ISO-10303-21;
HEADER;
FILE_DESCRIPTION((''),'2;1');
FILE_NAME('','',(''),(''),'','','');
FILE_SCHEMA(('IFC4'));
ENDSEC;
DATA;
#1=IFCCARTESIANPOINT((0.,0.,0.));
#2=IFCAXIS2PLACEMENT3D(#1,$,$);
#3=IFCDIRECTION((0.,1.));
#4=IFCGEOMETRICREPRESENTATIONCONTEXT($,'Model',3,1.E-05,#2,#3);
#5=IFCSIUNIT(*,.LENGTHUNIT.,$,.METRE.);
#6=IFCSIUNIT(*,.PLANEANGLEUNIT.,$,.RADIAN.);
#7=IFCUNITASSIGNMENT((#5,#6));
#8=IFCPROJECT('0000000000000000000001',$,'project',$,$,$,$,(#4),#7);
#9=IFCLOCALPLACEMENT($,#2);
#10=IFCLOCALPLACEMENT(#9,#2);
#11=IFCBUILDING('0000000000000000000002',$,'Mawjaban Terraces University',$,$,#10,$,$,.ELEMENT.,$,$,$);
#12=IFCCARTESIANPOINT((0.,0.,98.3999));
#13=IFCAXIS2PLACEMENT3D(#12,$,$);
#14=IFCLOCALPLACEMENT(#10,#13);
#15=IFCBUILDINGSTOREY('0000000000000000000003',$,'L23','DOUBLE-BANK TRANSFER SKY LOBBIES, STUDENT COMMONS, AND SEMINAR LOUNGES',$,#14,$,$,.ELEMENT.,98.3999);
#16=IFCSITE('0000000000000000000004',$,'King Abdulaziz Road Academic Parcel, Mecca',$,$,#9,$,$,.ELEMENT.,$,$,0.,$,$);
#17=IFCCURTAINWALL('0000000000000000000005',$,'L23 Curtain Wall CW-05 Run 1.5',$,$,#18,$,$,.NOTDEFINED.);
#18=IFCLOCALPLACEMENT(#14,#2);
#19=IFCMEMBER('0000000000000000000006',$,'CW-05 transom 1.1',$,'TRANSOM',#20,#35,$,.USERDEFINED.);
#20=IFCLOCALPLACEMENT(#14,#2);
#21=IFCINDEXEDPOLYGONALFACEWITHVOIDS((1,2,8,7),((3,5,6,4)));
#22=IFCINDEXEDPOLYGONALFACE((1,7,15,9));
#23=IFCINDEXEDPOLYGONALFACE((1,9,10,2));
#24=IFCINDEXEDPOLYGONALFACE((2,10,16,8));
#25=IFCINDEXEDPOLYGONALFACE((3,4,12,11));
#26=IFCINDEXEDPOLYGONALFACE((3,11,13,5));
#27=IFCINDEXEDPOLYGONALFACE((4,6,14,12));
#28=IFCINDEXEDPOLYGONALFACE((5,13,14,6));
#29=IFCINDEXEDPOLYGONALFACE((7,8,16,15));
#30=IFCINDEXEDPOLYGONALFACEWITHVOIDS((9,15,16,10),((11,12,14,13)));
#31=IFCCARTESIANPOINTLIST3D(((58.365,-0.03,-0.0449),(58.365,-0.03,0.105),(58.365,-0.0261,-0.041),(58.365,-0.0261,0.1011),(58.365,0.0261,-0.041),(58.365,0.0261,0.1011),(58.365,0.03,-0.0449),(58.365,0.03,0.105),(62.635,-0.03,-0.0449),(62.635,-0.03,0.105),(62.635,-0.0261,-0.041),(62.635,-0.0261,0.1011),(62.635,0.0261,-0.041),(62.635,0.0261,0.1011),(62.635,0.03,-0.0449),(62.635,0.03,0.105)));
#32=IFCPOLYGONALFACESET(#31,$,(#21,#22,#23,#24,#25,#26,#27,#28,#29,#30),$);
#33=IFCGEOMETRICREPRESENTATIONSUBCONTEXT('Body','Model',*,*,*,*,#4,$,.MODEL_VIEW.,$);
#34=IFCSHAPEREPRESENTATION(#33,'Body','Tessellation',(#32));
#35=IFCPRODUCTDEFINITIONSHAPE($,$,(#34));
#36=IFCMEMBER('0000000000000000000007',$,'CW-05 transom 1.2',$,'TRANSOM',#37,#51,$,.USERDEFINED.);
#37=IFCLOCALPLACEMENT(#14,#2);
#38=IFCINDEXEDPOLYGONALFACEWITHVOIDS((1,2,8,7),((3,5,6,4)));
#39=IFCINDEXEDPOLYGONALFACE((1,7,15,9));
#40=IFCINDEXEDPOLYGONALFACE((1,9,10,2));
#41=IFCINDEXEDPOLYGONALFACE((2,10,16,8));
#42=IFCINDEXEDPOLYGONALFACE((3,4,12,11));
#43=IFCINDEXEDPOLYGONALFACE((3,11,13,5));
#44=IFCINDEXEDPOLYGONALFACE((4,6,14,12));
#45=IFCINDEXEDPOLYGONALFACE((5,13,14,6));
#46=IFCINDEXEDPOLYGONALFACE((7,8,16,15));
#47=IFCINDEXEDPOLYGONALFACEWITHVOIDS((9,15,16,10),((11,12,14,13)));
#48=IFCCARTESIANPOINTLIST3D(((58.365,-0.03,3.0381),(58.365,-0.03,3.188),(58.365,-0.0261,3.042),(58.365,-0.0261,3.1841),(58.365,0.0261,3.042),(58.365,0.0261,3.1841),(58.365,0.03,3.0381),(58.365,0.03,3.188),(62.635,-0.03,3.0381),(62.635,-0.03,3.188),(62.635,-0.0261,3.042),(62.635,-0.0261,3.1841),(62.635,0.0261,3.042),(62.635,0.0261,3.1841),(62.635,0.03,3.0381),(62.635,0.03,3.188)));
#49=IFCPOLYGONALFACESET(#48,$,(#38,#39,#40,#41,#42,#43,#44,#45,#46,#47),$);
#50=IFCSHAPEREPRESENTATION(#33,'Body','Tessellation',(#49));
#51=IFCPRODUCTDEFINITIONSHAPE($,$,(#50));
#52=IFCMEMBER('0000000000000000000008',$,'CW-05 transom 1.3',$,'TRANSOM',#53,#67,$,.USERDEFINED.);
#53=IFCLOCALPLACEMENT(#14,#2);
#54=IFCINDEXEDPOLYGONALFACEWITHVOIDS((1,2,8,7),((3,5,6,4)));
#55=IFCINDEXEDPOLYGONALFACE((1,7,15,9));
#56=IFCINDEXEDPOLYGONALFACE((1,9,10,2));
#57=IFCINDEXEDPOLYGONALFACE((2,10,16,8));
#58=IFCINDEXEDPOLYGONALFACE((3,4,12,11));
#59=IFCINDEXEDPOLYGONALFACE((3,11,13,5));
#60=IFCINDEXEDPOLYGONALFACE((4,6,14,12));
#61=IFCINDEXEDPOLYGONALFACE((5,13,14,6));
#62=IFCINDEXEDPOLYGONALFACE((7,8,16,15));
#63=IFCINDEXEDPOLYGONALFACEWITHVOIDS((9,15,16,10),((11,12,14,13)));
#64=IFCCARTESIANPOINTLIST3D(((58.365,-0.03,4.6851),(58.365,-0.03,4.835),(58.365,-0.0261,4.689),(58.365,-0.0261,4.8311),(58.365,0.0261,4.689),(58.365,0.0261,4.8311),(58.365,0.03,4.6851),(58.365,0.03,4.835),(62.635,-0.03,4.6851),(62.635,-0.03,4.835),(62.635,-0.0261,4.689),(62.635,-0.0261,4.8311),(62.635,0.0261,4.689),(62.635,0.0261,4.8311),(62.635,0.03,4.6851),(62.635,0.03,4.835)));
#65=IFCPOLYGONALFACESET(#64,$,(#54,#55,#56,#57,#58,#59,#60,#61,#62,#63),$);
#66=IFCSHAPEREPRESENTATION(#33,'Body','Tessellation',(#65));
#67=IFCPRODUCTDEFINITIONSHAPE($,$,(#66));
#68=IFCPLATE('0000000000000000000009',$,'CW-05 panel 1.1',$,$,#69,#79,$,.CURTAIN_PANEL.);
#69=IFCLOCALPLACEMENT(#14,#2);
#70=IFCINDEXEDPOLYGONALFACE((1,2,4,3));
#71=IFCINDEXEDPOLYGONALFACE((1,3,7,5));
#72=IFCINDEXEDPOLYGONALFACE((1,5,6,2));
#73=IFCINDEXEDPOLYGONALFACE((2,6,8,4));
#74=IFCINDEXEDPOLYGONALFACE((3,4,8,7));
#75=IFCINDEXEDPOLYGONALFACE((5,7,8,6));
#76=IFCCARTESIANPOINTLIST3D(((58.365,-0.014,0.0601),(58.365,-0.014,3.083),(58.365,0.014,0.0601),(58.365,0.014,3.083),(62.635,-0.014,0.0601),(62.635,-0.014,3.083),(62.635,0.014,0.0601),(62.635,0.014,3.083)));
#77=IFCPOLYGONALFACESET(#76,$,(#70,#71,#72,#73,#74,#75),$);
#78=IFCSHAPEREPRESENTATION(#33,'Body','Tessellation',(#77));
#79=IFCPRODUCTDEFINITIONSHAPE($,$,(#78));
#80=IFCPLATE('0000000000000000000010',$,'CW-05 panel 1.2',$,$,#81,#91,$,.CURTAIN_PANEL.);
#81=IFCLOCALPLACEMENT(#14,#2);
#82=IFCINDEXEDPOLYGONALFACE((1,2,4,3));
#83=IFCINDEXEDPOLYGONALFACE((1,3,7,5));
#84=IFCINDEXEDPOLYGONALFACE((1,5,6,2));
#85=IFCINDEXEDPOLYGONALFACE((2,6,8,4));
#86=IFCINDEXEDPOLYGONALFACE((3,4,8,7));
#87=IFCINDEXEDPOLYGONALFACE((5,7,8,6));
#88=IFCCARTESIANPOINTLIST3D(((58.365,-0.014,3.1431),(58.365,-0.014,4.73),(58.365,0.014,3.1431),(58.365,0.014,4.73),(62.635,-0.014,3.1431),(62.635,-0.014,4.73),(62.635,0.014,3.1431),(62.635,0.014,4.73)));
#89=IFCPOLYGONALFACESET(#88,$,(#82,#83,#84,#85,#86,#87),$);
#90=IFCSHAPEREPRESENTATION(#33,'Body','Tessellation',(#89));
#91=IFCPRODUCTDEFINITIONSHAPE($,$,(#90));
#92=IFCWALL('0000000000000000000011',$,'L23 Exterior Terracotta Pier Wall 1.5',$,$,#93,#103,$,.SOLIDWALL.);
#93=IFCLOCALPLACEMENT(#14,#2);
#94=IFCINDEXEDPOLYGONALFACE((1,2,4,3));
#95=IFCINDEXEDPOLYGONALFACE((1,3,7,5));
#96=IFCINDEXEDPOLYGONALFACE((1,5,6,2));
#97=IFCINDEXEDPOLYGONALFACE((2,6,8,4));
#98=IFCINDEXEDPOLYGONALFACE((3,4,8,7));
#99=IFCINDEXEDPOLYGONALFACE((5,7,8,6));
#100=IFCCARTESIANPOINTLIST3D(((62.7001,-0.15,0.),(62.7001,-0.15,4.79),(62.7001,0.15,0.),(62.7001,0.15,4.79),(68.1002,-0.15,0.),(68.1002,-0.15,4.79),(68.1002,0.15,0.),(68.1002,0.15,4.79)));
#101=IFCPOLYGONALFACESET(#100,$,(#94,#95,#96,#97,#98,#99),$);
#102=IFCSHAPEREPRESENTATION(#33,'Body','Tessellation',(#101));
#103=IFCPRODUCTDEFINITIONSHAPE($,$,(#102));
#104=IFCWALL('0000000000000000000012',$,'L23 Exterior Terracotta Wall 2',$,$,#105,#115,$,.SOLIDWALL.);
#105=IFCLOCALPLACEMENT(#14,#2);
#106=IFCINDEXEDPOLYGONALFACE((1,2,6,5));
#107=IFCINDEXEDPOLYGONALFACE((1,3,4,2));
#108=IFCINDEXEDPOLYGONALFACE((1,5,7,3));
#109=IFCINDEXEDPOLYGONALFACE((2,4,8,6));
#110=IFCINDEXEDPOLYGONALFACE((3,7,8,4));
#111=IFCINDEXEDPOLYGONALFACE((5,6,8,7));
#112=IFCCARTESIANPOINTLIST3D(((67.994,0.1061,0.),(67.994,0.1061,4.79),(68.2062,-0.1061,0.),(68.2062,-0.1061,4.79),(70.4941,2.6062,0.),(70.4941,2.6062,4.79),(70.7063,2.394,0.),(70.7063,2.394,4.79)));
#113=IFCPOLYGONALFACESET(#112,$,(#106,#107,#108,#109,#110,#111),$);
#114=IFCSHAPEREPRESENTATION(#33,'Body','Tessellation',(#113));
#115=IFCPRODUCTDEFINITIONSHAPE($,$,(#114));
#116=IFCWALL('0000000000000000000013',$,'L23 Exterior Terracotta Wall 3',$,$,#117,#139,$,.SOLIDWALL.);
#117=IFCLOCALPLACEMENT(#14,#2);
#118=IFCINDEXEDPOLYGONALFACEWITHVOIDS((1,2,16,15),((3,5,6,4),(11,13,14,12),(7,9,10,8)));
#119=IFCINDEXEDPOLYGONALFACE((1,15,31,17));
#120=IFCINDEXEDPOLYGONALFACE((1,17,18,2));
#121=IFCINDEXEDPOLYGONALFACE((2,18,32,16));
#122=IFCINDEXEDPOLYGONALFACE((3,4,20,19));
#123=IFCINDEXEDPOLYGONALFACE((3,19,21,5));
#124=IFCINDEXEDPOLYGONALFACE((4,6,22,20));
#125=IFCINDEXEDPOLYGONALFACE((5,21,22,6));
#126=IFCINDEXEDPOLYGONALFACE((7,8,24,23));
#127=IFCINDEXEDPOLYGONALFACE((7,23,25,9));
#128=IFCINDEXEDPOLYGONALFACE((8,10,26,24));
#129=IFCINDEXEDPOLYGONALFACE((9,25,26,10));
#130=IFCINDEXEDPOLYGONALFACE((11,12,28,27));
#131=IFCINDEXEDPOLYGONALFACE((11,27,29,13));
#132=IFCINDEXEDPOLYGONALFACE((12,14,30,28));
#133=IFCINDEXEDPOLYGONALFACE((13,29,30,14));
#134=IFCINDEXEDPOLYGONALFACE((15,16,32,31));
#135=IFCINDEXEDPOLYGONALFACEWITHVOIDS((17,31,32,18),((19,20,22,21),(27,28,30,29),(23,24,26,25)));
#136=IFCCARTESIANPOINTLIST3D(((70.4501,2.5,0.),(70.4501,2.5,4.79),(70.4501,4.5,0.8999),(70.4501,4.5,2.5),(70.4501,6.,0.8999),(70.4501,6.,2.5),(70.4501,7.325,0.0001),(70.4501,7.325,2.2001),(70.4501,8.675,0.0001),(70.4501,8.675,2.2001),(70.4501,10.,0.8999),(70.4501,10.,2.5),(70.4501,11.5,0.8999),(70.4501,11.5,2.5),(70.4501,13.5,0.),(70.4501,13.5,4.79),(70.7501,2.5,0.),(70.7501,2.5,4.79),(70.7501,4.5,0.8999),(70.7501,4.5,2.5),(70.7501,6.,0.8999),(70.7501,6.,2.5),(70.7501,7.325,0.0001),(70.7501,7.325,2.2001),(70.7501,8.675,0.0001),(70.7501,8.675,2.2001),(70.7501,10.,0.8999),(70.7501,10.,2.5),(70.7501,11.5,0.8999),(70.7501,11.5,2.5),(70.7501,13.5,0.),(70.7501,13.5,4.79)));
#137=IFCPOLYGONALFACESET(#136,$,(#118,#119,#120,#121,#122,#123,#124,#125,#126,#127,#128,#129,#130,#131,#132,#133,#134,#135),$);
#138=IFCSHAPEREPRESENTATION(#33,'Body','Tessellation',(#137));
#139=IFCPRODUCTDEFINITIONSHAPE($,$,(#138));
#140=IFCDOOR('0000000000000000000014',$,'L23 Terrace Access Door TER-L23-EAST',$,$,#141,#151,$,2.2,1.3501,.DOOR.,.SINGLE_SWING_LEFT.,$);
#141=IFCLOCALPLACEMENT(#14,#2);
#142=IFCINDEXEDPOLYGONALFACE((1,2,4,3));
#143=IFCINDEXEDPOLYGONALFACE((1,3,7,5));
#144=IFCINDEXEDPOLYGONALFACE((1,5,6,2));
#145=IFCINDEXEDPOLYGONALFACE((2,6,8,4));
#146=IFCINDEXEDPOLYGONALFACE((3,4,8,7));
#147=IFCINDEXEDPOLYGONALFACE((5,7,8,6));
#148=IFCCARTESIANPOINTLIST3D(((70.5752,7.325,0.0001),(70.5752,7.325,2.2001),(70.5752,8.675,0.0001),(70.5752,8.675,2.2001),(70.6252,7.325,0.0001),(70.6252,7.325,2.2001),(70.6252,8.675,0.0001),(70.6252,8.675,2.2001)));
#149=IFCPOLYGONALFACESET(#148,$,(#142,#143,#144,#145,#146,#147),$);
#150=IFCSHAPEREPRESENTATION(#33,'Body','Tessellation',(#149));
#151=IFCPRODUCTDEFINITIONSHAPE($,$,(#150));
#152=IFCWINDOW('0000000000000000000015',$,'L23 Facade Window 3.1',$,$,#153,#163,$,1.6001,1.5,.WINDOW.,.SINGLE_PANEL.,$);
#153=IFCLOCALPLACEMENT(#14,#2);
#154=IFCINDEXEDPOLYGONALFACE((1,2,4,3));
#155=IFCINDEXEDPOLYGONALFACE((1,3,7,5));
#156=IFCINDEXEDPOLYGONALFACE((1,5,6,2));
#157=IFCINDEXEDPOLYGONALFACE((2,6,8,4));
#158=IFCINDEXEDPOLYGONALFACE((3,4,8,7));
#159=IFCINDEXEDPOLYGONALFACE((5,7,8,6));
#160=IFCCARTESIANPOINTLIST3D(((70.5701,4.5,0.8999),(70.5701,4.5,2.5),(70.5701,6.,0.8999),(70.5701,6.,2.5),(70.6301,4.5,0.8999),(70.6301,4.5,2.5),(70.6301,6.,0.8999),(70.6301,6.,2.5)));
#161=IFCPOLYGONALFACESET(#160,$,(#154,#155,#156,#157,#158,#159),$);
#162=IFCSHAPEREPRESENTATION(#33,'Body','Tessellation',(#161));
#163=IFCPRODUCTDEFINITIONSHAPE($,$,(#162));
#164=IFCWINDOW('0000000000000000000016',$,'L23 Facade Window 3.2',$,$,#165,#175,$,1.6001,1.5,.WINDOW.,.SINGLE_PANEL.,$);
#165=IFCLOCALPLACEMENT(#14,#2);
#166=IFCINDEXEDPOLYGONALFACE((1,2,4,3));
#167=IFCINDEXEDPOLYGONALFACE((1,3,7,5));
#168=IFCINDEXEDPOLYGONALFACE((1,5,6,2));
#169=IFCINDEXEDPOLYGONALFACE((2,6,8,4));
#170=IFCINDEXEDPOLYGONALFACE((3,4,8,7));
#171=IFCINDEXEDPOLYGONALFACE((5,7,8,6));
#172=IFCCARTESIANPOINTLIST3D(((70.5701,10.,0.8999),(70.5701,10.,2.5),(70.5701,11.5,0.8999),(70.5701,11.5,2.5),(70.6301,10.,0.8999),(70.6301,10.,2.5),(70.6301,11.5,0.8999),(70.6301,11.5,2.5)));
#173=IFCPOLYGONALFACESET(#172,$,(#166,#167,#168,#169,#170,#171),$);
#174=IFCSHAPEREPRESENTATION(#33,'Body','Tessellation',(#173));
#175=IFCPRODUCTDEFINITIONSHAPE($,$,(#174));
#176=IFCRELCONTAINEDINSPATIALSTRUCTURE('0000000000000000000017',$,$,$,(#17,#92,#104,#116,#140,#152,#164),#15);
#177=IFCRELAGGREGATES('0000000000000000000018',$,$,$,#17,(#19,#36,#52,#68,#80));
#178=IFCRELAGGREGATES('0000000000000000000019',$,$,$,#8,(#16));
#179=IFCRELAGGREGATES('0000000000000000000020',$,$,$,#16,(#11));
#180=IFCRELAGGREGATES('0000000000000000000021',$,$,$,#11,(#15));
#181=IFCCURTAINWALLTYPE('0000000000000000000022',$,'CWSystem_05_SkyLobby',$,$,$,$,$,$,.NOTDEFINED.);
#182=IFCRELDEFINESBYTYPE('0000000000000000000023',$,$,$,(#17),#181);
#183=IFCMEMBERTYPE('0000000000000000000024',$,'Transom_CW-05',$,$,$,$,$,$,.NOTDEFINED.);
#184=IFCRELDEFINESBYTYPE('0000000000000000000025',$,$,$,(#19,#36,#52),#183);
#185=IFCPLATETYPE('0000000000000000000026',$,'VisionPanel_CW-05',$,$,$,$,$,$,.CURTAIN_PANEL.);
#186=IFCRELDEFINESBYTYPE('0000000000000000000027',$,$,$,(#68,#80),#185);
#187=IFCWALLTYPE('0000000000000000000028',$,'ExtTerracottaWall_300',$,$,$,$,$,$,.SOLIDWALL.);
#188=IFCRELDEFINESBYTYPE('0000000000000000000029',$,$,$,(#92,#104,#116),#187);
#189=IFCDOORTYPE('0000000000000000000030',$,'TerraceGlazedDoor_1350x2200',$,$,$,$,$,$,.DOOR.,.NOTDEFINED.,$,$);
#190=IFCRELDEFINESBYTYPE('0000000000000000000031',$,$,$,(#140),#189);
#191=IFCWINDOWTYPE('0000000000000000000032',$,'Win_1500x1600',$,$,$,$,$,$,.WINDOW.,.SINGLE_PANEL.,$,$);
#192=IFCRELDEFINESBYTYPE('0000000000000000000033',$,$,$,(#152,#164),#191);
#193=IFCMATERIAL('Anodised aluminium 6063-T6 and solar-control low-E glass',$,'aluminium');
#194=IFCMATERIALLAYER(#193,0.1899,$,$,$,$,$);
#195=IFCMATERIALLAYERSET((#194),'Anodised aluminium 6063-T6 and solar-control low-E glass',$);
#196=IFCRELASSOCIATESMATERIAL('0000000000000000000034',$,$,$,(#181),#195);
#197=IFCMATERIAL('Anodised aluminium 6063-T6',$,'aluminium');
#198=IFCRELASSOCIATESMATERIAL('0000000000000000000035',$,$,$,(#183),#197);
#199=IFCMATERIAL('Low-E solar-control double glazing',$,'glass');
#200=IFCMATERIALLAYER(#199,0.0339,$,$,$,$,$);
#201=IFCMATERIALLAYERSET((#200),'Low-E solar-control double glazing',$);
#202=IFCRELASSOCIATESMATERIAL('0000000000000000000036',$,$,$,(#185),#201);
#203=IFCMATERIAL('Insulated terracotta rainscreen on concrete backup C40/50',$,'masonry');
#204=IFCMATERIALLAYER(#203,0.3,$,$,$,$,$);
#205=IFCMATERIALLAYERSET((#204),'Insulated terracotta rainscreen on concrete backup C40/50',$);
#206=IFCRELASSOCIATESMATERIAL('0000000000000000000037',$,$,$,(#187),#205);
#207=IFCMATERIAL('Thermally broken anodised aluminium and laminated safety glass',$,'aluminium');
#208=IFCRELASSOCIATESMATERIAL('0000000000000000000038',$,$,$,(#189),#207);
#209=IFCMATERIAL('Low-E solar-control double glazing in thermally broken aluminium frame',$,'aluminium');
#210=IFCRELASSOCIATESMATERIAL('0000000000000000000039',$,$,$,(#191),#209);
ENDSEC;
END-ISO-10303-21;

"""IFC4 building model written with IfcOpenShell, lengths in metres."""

from ifc_helpers import new_model, si_unit, direction, frame, frame_2d, origin, origin_2d, place, context, subcontext, project, spatial, rectangle, hollow_rectangle, extrude, material, layer, layer_set, material_profile, profile_set, type_object, element, fill, aggregate, save


model = new_model("IFC4")

# Units and contexts
model_context = context("Model", 3, precision=1e-05, world=origin(), true_north=direction((0.0, 1.0)))
body_context = subcontext(model_context, "Body", "Model", "MODEL_VIEW")
ifc_project = project(units=[si_unit("LENGTHUNIT", "METRE"), si_unit("PLANEANGLEUNIT", "RADIAN")], contexts=[model_context])

# Site, building, storey
site_placement = place(None, origin())
site = spatial("IfcSite", under=ifc_project, at=site_placement, Name="King Abdulaziz Road Academic Parcel, Mecca", CompositionType="ELEMENT", RefElevation=0.0)
building_placement = place(site_placement, origin())
building = spatial("IfcBuilding", under=site, at=building_placement, Name="Mawjaban Terraces University", CompositionType="ELEMENT")
storey_placement = place(building_placement, frame((0.0, 0.0, 98.3999)))
storey = spatial("IfcBuildingStorey", under=building, at=storey_placement, Name="L23", Description="DOUBLE-BANK TRANSFER SKY LOBBIES, STUDENT COMMONS, AND SEMINAR LOUNGES", CompositionType="ELEMENT", Elevation=98.3999)

# Curtain wall, members, plates
ifc_material_1 = material(Name="Anodised aluminium 6063-T6 and solar-control low-E glass", Category="aluminium")
ifc_layer_1 = layer(ifc_material_1, 0.1899)
ifc_layer_set_1 = layer_set([ifc_layer_1], Name="Anodised aluminium 6063-T6 and solar-control low-E glass")
curtain_wall_type = type_object("IfcCurtainWallType", Name="CWSystem_05_SkyLobby", PredefinedType="NOTDEFINED", material=ifc_layer_set_1)
curtain_wall_placement = place(storey_placement, origin())
curtain_wall = element("IfcCurtainWall", 1, at=curtain_wall_placement, inside=storey, type_object=curtain_wall_type, Name="L23 Curtain Wall CW-05 Run 1.5", PredefinedType="NOTDEFINED")
ifc_material_2 = material(Name="Anodised aluminium 6063-T6", Category="aluminium")
ifc_material_profile_1 = material_profile(ifc_material_2, hollow_rectangle(XDim=0.0601, YDim=0.1499, WallThickness=0.0039, at=origin_2d()), Name="ALU150X60X4")
ifc_profile_set_1 = profile_set([ifc_material_profile_1], Name="Anodised aluminium 6063-T6")
member_type_1 = type_object("IfcMemberType", Name="Transom_CW-05", PredefinedType="NOTDEFINED", material=ifc_profile_set_1)
member_1_placement = place(storey_placement, frame((58.365, 0.0, 0.03), z_axis=(1.0, 0.0, 0.0), x_axis=(0.0, 1.0, 0.0)))
member_1 = element("IfcMember", 2, at=member_1_placement, type_object=member_type_1, Name="CW-05 transom 1.1", ObjectType="TRANSOM", PredefinedType="USERDEFINED", context=body_context, shape_type="SweptSolid", body=[
    extrude(hollow_rectangle(XDim=0.0601, YDim=0.1499, WallThickness=0.0039, at=origin_2d()), origin(), (0.0, 0.0, 1.0), 4.27),
])
member_2_placement = place(storey_placement, frame((58.365, 0.0, 3.113), z_axis=(1.0, 0.0, 0.0), x_axis=(0.0, 1.0, 0.0)))
member_2 = element("IfcMember", 3, at=member_2_placement, type_object=member_type_1, Name="CW-05 transom 1.2", ObjectType="TRANSOM", PredefinedType="USERDEFINED", context=body_context, shape_type="SweptSolid", body=[
    extrude(hollow_rectangle(XDim=0.0601, YDim=0.1499, WallThickness=0.0039, at=origin_2d()), origin(), (0.0, 0.0, 1.0), 4.27),
])
member_3_placement = place(storey_placement, frame((58.365, 0.0, 4.76), z_axis=(1.0, 0.0, 0.0), x_axis=(0.0, 1.0, 0.0)))
member_3 = element("IfcMember", 4, at=member_3_placement, type_object=member_type_1, Name="CW-05 transom 1.3", ObjectType="TRANSOM", PredefinedType="USERDEFINED", context=body_context, shape_type="SweptSolid", body=[
    extrude(hollow_rectangle(XDim=0.0601, YDim=0.1499, WallThickness=0.0039, at=origin_2d()), origin(), (0.0, 0.0, 1.0), 4.27),
])
ifc_material_3 = material(Name="Low-E solar-control double glazing", Category="glass")
ifc_layer_2 = layer(ifc_material_3, 0.0339)
ifc_layer_set_2 = layer_set([ifc_layer_2], Name="Low-E solar-control double glazing")
plate_type = type_object("IfcPlateType", Name="VisionPanel_CW-05", PredefinedType="CURTAIN_PANEL", material=ifc_layer_set_2)
plate_1_placement = place(storey_placement, frame((60.5, 0.0, 0.0601), z_axis=(0.0, 0.0, 1.0), x_axis=(1.0, 0.0, 0.0)))
plate_1 = element("IfcPlate", 5, at=plate_1_placement, type_object=plate_type, Name="CW-05 panel 1.1", PredefinedType="CURTAIN_PANEL", context=body_context, shape_type="SweptSolid", body=[
    extrude(rectangle(XDim=4.27, YDim=0.0281, at=origin_2d()), origin(), (0.0, 0.0, 1.0), 3.0229),
])
plate_2_placement = place(storey_placement, frame((60.5, 0.0, 3.1431), z_axis=(0.0, 0.0, 1.0), x_axis=(1.0, 0.0, 0.0)))
plate_2 = element("IfcPlate", 6, at=plate_2_placement, type_object=plate_type, Name="CW-05 panel 1.2", PredefinedType="CURTAIN_PANEL", context=body_context, shape_type="SweptSolid", body=[
    extrude(rectangle(XDim=4.27, YDim=0.0281, at=origin_2d()), origin(), (0.0, 0.0, 1.0), 1.5869),
])
aggregate(curtain_wall, [member_1, member_2, member_3, plate_1, plate_2])

# Walls
ifc_material_4 = material(Name="Insulated terracotta rainscreen on concrete backup C40/50", Category="masonry")
ifc_layer_3 = layer(ifc_material_4, 0.3)
ifc_layer_set_3 = layer_set([ifc_layer_3], Name="Insulated terracotta rainscreen on concrete backup C40/50")
wall_type = type_object("IfcWallType", Name="ExtTerracottaWall_300", PredefinedType="SOLIDWALL", material=ifc_layer_set_3)
wall_1_placement = place(storey_placement, frame((62.7, 0.0, 0.0), z_axis=(0.0, 0.0, 1.0), x_axis=(1.0, 0.0, 0.0)))
element("IfcWall", 7, at=wall_1_placement, inside=storey, type_object=wall_type, Name="L23 Exterior Terracotta Pier Wall 1.5", PredefinedType="SOLIDWALL", context=body_context, shape_type="SweptSolid", body=[
    extrude(rectangle(XDim=5.4001, YDim=0.3, at=frame_2d((2.7002, 0.0))), origin(), (0.0, 0.0, 1.0), 4.79),
])
wall_2_placement = place(storey_placement, frame((68.1001, 0.0, 0.0), z_axis=(0.0, 0.0, 1.0), x_axis=(0.707107, 0.707107, 0.0)))
element("IfcWall", 8, at=wall_2_placement, inside=storey, type_object=wall_type, Name="L23 Exterior Terracotta Wall 2", PredefinedType="SOLIDWALL", context=body_context, shape_type="SweptSolid", body=[
    extrude(rectangle(XDim=3.5356, YDim=0.3, at=frame_2d((1.7678, 0.0))), origin(), (0.0, 0.0, 1.0), 4.79),
])

# Wall, openings, door, windows
wall_3_placement = place(storey_placement, frame((70.6001, 2.5, 0.0), z_axis=(0.0, 0.0, 1.0), x_axis=(0.0, 1.0, 0.0)))
wall_3 = element("IfcWall", 9, at=wall_3_placement, inside=storey, type_object=wall_type, Name="L23 Exterior Terracotta Wall 3", PredefinedType="SOLIDWALL", context=body_context, shape_type="SweptSolid", body=[
    extrude(rectangle(XDim=11.0, YDim=0.3, at=frame_2d((5.5, 0.0))), origin(), (0.0, 0.0, 1.0), 4.79),
])
opening_1_placement = place(wall_3_placement, frame((4.825, 0.0, 0.0)))
opening_1 = element("IfcOpeningElement", 10, at=opening_1_placement, cuts=wall_3, PredefinedType="OPENING", context=body_context, shape_type="SweptSolid", body=[
    extrude(rectangle(XDim=1.3501, YDim=2.2, at=frame_2d((0.675, 1.1001))), frame((0.0, 0.1599, 0.0), z_axis=(0.0, -1.0, 0.0), x_axis=(1.0, 0.0, 0.0)), (0.0, 0.0, 1.0), 0.3201),
])
opening_2_placement = place(wall_3_placement, frame((2.0, 0.0, 0.8999)))
opening_2 = element("IfcOpeningElement", 11, at=opening_2_placement, cuts=wall_3, PredefinedType="OPENING", context=body_context, shape_type="SweptSolid", body=[
    extrude(rectangle(XDim=1.5, YDim=1.6001, at=frame_2d((0.75, 0.8))), frame((0.0, 0.1599, 0.0), z_axis=(0.0, -1.0, 0.0), x_axis=(1.0, 0.0, 0.0)), (0.0, 0.0, 1.0), 0.3201),
])
opening_3_placement = place(wall_3_placement, frame((7.5, 0.0, 0.8999)))
opening_3 = element("IfcOpeningElement", 12, at=opening_3_placement, cuts=wall_3, PredefinedType="OPENING", context=body_context, shape_type="SweptSolid", body=[
    extrude(rectangle(XDim=1.5, YDim=1.6001, at=frame_2d((0.75, 0.8))), frame((0.0, 0.1599, 0.0), z_axis=(0.0, -1.0, 0.0), x_axis=(1.0, 0.0, 0.0)), (0.0, 0.0, 1.0), 0.3201),
])
ifc_material_5 = material(Name="Thermally broken anodised aluminium and laminated safety glass", Category="aluminium")
door_type = type_object("IfcDoorType", Name="TerraceGlazedDoor_1350x2200", OperationType="NOTDEFINED", PredefinedType="DOOR", material=ifc_material_5)
door_placement = place(opening_1_placement, origin())
door = element("IfcDoor", 13, at=door_placement, inside=storey, type_object=door_type, Name="L23 Terrace Access Door TER-L23-EAST", OperationType="SINGLE_SWING_LEFT", OverallHeight=2.2, OverallWidth=1.3501, PredefinedType="DOOR", context=body_context, shape_type="SweptSolid", body=[
    extrude(rectangle(XDim=1.3501, YDim=2.2, at=frame_2d((0.675, 1.1001))), frame((0.0, 0.0249, 0.0), z_axis=(0.0, -1.0, 0.0), x_axis=(1.0, 0.0, 0.0)), (0.0, 0.0, 1.0), 0.05),
])
fill(opening_1, door)
ifc_material_6 = material(Name="Low-E solar-control double glazing in thermally broken aluminium frame", Category="aluminium")
window_type = type_object("IfcWindowType", Name="Win_1500x1600", PartitioningType="SINGLE_PANEL", PredefinedType="WINDOW", material=ifc_material_6)
window_1_placement = place(opening_2_placement, origin())
window_1 = element("IfcWindow", 14, at=window_1_placement, inside=storey, type_object=window_type, Name="L23 Facade Window 3.1", OverallHeight=1.6001, OverallWidth=1.5, PartitioningType="SINGLE_PANEL", PredefinedType="WINDOW", context=body_context, shape_type="SweptSolid", body=[
    extrude(rectangle(XDim=1.5, YDim=1.6001, at=frame_2d((0.75, 0.8))), frame((0.0, 0.03, 0.0), z_axis=(0.0, -1.0, 0.0), x_axis=(1.0, 0.0, 0.0)), (0.0, 0.0, 1.0), 0.0601),
])
fill(opening_2, window_1)
window_2_placement = place(opening_3_placement, origin())
window_2 = element("IfcWindow", 15, at=window_2_placement, inside=storey, type_object=window_type, Name="L23 Facade Window 3.2", OverallHeight=1.6001, OverallWidth=1.5, PartitioningType="SINGLE_PANEL", PredefinedType="WINDOW", context=body_context, shape_type="SweptSolid", body=[
    extrude(rectangle(XDim=1.5, YDim=1.6001, at=frame_2d((0.75, 0.8))), frame((0.0, 0.03, 0.0), z_axis=(0.0, -1.0, 0.0), x_axis=(1.0, 0.0, 0.0)), (0.0, 0.0, 1.0), 0.0601),
])
fill(opening_3, window_2)

save(model, "model.ifc")
